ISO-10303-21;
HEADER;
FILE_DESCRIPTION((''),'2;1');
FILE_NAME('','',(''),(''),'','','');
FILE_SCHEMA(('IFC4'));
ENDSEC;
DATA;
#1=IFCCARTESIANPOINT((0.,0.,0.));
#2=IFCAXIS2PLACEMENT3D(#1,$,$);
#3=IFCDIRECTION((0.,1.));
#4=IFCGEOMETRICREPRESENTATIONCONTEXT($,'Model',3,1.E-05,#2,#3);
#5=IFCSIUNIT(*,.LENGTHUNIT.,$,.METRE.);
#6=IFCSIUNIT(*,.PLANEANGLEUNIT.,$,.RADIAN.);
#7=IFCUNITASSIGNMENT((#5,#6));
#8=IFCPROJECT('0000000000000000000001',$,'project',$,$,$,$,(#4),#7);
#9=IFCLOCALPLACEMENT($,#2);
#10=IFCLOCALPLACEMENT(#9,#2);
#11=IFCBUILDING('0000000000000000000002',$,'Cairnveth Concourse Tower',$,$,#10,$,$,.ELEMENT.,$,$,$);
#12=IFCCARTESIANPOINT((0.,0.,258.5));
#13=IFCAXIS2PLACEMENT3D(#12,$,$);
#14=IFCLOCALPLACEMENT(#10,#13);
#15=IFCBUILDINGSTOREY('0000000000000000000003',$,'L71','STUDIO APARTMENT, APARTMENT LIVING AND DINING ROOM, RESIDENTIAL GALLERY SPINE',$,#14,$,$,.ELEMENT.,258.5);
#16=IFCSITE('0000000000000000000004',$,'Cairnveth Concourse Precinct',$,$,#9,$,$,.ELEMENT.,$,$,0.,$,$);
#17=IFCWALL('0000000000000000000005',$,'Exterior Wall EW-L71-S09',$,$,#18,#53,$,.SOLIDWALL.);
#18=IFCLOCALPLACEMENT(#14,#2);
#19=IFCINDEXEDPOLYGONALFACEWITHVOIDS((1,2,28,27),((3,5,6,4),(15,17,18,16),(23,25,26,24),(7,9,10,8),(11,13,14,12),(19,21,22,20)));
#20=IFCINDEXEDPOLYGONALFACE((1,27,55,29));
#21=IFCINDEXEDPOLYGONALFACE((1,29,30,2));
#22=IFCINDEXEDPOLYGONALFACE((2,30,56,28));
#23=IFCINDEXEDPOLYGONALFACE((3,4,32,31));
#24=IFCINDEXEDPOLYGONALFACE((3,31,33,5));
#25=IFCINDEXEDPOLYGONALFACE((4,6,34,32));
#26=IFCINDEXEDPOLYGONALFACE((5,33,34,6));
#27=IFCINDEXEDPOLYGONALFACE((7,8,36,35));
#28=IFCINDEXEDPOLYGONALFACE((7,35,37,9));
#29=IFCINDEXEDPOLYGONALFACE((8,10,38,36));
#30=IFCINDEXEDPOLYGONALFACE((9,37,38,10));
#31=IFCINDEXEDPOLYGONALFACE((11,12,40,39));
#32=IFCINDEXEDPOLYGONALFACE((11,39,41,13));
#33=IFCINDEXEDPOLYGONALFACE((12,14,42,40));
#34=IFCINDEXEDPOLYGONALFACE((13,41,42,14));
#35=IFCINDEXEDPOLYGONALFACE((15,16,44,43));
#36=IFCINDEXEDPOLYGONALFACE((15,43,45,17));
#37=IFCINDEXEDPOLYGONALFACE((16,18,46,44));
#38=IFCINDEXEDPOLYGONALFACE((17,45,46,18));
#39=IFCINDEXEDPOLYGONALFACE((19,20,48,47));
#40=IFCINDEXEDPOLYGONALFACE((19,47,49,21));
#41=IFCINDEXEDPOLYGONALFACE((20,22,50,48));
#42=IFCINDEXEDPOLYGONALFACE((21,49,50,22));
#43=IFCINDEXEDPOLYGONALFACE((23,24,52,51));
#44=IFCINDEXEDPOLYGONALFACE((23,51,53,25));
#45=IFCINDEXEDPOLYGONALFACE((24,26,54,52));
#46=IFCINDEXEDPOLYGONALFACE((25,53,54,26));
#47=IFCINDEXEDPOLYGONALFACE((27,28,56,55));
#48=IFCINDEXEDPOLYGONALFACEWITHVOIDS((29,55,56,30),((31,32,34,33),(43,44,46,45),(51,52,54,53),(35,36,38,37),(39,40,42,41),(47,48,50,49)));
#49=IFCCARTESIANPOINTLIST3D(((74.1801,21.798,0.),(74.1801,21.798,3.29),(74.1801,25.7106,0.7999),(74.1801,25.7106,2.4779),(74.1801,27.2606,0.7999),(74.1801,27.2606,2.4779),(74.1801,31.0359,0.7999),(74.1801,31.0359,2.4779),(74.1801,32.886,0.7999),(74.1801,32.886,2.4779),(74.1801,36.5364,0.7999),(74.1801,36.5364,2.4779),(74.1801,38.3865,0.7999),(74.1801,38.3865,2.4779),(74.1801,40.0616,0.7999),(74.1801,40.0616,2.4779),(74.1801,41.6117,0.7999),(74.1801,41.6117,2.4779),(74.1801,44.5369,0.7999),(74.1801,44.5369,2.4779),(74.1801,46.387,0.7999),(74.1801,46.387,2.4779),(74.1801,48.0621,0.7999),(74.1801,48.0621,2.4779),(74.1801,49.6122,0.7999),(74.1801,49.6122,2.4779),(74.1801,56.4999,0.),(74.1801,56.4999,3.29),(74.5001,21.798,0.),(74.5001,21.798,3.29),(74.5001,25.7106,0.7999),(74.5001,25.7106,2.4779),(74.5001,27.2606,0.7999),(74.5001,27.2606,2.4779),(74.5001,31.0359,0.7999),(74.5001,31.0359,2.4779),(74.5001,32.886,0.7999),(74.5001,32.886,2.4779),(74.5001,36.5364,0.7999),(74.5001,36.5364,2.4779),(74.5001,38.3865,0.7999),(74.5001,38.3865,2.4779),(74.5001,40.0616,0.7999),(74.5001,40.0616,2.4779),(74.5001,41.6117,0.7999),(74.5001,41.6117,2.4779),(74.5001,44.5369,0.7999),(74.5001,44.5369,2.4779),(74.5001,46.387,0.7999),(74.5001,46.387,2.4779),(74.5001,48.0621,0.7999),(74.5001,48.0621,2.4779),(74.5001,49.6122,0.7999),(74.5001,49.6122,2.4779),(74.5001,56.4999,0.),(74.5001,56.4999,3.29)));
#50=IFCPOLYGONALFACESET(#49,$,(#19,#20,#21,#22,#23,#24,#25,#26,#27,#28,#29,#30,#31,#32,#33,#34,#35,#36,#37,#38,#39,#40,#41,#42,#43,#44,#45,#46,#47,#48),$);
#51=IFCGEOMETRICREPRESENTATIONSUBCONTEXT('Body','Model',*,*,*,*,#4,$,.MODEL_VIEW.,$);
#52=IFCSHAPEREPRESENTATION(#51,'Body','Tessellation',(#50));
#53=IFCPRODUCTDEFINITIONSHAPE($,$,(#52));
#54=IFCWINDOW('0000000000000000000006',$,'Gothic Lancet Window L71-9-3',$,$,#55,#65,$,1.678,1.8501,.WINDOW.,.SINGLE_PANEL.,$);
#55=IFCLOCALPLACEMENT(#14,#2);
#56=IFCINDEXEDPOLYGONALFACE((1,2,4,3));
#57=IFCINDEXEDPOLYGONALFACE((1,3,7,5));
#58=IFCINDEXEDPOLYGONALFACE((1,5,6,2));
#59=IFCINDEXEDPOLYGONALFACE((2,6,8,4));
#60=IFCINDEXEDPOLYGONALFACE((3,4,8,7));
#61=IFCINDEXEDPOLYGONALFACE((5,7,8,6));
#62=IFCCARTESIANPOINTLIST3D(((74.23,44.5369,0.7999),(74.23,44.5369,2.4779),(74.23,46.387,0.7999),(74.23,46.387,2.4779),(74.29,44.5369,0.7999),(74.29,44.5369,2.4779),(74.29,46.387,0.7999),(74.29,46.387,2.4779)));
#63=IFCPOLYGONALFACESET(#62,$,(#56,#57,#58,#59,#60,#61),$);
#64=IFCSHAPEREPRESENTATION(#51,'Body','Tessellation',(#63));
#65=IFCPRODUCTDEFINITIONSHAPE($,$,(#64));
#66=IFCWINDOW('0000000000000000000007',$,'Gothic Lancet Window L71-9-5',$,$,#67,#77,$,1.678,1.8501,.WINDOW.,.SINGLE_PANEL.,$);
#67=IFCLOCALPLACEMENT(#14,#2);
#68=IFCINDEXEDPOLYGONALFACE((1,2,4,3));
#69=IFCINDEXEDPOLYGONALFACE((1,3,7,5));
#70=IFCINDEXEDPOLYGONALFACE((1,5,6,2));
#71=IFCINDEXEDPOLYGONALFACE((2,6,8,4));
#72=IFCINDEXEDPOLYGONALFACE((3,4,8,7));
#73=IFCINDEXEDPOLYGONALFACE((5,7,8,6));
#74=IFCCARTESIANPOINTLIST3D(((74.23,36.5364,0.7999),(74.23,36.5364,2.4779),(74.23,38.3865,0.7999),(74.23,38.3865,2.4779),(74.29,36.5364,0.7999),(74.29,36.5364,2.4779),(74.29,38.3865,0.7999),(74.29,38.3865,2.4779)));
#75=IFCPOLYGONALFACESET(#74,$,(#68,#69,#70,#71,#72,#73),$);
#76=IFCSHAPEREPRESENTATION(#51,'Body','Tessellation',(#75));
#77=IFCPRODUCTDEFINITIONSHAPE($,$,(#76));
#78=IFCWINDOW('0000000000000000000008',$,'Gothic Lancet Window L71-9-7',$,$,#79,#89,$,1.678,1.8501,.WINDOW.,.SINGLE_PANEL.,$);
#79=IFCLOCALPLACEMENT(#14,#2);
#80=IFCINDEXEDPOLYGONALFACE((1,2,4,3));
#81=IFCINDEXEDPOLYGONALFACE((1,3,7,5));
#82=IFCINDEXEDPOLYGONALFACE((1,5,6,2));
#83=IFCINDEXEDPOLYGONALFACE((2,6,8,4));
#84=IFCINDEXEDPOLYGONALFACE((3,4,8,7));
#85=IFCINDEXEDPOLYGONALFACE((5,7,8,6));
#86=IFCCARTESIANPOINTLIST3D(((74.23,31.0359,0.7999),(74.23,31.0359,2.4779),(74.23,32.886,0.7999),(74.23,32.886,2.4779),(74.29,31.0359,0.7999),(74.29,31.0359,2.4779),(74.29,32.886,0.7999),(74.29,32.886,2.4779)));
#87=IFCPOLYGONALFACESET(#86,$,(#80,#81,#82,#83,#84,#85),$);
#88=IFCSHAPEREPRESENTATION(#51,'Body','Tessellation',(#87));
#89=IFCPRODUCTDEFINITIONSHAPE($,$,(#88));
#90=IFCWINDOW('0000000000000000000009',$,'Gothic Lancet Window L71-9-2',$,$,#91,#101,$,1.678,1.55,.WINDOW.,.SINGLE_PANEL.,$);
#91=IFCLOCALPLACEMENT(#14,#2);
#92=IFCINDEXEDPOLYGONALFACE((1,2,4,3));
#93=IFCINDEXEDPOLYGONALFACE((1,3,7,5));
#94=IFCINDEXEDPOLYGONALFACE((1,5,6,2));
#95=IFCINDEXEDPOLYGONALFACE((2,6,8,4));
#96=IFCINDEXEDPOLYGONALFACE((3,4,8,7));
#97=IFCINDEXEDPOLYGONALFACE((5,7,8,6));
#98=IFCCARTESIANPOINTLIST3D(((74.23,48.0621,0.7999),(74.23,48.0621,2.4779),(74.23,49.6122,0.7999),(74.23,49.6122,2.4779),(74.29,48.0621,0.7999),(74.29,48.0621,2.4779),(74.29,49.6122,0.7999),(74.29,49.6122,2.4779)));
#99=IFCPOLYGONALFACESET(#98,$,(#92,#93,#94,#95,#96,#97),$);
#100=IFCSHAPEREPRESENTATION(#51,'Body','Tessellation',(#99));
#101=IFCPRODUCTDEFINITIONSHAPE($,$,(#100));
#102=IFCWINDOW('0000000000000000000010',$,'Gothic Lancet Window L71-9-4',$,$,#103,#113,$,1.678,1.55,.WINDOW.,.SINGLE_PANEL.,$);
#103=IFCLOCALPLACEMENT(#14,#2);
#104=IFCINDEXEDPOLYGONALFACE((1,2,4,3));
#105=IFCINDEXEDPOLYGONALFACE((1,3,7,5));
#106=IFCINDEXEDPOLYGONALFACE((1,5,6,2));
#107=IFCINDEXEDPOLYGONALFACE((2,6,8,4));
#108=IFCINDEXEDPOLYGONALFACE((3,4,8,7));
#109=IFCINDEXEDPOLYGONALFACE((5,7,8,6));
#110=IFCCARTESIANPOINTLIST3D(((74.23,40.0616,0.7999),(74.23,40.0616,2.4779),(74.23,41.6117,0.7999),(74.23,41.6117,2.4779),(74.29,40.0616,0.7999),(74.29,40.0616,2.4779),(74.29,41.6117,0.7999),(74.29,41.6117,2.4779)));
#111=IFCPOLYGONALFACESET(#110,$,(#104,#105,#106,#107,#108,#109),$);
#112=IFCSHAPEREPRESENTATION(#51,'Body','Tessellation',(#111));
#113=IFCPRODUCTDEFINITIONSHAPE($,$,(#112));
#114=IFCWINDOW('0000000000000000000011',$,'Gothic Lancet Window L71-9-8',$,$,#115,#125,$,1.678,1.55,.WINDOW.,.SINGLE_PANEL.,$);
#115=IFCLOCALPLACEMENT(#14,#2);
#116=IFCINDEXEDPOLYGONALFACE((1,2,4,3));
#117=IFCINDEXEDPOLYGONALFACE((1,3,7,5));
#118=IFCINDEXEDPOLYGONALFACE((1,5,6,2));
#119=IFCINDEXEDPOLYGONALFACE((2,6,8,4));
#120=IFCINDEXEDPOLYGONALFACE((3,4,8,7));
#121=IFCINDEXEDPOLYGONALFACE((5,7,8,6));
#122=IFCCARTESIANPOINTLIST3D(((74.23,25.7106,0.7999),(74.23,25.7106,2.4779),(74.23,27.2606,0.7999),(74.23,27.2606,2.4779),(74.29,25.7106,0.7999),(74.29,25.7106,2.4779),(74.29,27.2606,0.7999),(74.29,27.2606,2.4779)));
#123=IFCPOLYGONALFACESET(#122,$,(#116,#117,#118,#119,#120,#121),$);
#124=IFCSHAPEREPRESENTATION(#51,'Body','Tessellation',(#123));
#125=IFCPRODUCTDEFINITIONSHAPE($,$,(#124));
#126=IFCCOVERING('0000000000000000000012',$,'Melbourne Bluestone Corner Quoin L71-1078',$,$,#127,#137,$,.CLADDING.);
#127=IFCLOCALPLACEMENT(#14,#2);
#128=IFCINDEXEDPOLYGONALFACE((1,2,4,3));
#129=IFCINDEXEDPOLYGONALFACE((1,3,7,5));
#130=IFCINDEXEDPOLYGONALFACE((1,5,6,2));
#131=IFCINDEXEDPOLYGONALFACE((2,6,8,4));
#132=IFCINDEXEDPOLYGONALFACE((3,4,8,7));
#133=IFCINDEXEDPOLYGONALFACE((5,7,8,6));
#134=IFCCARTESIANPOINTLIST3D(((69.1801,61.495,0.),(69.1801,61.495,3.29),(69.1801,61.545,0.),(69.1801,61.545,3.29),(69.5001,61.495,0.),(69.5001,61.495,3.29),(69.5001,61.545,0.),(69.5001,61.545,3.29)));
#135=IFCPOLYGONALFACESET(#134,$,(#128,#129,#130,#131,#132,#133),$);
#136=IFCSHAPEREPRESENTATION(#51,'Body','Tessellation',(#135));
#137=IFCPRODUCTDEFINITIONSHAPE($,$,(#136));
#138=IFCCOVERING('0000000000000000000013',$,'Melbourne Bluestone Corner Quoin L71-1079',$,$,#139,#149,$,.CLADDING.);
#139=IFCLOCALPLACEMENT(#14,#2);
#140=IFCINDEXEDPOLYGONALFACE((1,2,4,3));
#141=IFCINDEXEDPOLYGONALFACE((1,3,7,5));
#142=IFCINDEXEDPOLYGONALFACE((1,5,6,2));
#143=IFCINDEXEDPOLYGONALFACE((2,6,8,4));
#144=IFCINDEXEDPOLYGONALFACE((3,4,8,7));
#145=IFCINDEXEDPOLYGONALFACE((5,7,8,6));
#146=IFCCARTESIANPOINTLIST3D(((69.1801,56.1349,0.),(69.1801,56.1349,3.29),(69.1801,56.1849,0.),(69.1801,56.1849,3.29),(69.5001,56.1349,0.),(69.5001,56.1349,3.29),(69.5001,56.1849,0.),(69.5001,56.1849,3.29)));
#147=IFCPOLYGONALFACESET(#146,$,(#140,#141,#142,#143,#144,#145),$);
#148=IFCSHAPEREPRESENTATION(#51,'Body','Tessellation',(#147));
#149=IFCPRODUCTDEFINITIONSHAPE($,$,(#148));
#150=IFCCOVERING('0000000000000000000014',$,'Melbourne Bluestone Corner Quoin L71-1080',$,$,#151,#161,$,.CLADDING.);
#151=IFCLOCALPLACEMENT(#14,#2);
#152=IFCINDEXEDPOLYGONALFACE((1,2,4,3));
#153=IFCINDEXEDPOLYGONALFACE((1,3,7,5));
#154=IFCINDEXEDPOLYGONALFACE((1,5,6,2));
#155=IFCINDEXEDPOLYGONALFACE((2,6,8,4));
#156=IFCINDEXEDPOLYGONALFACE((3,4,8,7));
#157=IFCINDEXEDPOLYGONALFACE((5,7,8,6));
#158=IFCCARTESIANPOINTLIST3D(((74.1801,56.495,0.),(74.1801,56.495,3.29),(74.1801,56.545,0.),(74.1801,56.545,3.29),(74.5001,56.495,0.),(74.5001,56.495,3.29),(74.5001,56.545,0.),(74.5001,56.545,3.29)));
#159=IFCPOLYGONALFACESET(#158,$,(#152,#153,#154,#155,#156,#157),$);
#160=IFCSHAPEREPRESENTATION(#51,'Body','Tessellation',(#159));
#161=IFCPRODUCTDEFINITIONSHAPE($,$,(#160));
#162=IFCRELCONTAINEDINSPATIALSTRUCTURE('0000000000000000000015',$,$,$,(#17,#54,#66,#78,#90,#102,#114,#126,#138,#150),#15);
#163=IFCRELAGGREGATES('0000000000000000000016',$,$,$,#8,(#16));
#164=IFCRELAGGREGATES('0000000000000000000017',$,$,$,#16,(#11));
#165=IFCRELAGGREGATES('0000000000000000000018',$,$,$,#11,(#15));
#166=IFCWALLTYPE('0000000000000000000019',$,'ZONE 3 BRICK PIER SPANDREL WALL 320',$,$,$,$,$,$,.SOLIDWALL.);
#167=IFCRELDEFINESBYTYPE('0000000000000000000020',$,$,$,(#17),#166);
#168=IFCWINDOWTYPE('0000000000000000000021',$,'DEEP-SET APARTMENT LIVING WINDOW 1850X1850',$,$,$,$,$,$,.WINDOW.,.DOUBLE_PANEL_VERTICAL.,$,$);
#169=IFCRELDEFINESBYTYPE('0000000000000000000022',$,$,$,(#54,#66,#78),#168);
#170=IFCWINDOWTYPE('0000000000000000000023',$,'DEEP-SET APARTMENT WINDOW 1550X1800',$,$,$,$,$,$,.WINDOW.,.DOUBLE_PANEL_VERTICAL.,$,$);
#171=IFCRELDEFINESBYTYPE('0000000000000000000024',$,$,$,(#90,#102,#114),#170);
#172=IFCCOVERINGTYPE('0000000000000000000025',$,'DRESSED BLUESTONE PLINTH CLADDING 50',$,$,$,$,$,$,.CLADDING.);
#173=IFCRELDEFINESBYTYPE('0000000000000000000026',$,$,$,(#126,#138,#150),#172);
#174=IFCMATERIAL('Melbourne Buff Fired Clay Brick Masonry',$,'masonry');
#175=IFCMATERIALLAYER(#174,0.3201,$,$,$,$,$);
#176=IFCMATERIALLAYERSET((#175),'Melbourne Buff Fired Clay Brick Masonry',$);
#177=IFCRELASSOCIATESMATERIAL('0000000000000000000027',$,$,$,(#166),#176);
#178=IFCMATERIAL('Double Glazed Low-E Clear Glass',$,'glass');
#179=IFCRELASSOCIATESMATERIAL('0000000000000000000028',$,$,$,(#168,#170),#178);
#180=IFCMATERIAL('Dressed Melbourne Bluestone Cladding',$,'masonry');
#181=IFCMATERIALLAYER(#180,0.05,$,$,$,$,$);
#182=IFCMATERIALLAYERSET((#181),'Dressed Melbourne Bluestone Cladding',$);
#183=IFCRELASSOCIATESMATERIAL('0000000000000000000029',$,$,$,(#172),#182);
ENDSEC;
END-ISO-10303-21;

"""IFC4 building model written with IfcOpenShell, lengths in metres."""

from ifc_helpers import new_model, si_unit, direction, frame, frame_2d, origin, place, context, subcontext, project, spatial, rectangle, extrude, material, layer, layer_set, type_object, element, fill, save


model = new_model("IFC4")

# Units and contexts
model_context = context("Model", 3, precision=1e-05, world=origin(), true_north=direction((0.0, 1.0)))
body_context = subcontext(model_context, "Body", "Model", "MODEL_VIEW")
ifc_project = project(units=[si_unit("LENGTHUNIT", "METRE"), si_unit("PLANEANGLEUNIT", "RADIAN")], contexts=[model_context])

# Site, building, storey
site_placement = place(None, origin())
site = spatial("IfcSite", under=ifc_project, at=site_placement, Name="Cairnveth Concourse Precinct", CompositionType="ELEMENT", RefElevation=0.0)
building_placement = place(site_placement, origin())
building = spatial("IfcBuilding", under=site, at=building_placement, Name="Cairnveth Concourse Tower", CompositionType="ELEMENT")
storey_placement = place(building_placement, frame((0.0, 0.0, 258.5)))
storey = spatial("IfcBuildingStorey", under=building, at=storey_placement, Name="L71", Description="STUDIO APARTMENT, APARTMENT LIVING AND DINING ROOM, RESIDENTIAL GALLERY SPINE", CompositionType="ELEMENT", Elevation=258.5)

# Shared definitions
ifc_material_1 = material(Name="Melbourne Buff Fired Clay Brick Masonry", Category="masonry")
ifc_layer_1 = layer(ifc_material_1, 0.3201)
ifc_layer_set_1 = layer_set([ifc_layer_1], Name="Melbourne Buff Fired Clay Brick Masonry")
wall_type_1 = type_object("IfcWallType", Name="ZONE 3 BRICK PIER SPANDREL WALL 320", PredefinedType="SOLIDWALL", material=ifc_layer_set_1)

# Wall, openings, windows
wall_1_placement = place(storey_placement, frame((74.3401, 56.5, 0.0), z_axis=(0.0, 0.0, 1.0), x_axis=(0.0, -1.0, 0.0)))
wall_1 = element("IfcWall", 1, at=wall_1_placement, inside=storey, type_object=wall_type_1, Name="Exterior Wall EW-L71-S09", PredefinedType="SOLIDWALL", context=body_context, shape_type="SweptSolid", body=[
    extrude(rectangle(XDim=34.7019, YDim=0.3201, at=frame_2d((17.3511, 0.0))), origin(), (0.0, 0.0, 1.0), 3.29),
])
opening_1_placement = place(wall_1_placement, frame((6.8879, 0.0, 0.8)))
opening_1 = element("IfcOpeningElement", 2, at=opening_1_placement, cuts=wall_1, PredefinedType="OPENING", context=body_context, shape_type="SweptSolid", body=[
    extrude(rectangle(XDim=1.55, YDim=1.678, at=frame_2d((0.7749, 0.8389))), frame((0.0, 0.1699, 0.0), z_axis=(0.0, -1.0, 0.0), x_axis=(1.0, 0.0, 0.0)), (0.0, 0.0, 1.0), 0.3401),
])
opening_2_placement = place(wall_1_placement, frame((10.113, 0.0, 0.8)))
opening_2 = element("IfcOpeningElement", 3, at=opening_2_placement, cuts=wall_1, PredefinedType="OPENING", context=body_context, shape_type="SweptSolid", body=[
    extrude(rectangle(XDim=1.8501, YDim=1.678, at=frame_2d((0.925, 0.8389))), frame((0.0, 0.1699, 0.0), z_axis=(0.0, -1.0, 0.0), x_axis=(1.0, 0.0, 0.0)), (0.0, 0.0, 1.0), 0.3401),
])
opening_3_placement = place(wall_1_placement, frame((14.8884, 0.0, 0.8)))
opening_3 = element("IfcOpeningElement", 4, at=opening_3_placement, cuts=wall_1, PredefinedType="OPENING", context=body_context, shape_type="SweptSolid", body=[
    extrude(rectangle(XDim=1.55, YDim=1.678, at=frame_2d((0.7749, 0.8389))), frame((0.0, 0.1699, 0.0), z_axis=(0.0, -1.0, 0.0), x_axis=(1.0, 0.0, 0.0)), (0.0, 0.0, 1.0), 0.3401),
])
opening_4_placement = place(wall_1_placement, frame((18.1135, 0.0, 0.8)))
opening_4 = element("IfcOpeningElement", 5, at=opening_4_placement, cuts=wall_1, PredefinedType="OPENING", context=body_context, shape_type="SweptSolid", body=[
    extrude(rectangle(XDim=1.8501, YDim=1.678, at=frame_2d((0.925, 0.8389))), frame((0.0, 0.1699, 0.0), z_axis=(0.0, -1.0, 0.0), x_axis=(1.0, 0.0, 0.0)), (0.0, 0.0, 1.0), 0.3401),
])
opening_5_placement = place(wall_1_placement, frame((23.614, 0.0, 0.8)))
opening_5 = element("IfcOpeningElement", 6, at=opening_5_placement, cuts=wall_1, PredefinedType="OPENING", context=body_context, shape_type="SweptSolid", body=[
    extrude(rectangle(XDim=1.8501, YDim=1.678, at=frame_2d((0.925, 0.8389))), frame((0.0, 0.1699, 0.0), z_axis=(0.0, -1.0, 0.0), x_axis=(1.0, 0.0, 0.0)), (0.0, 0.0, 1.0), 0.3401),
])
opening_6_placement = place(wall_1_placement, frame((29.2395, 0.0, 0.8)))
opening_6 = element("IfcOpeningElement", 7, at=opening_6_placement, cuts=wall_1, PredefinedType="OPENING", context=body_context, shape_type="SweptSolid", body=[
    extrude(rectangle(XDim=1.55, YDim=1.678, at=frame_2d((0.7749, 0.8389))), frame((0.0, 0.1699, 0.0), z_axis=(0.0, -1.0, 0.0), x_axis=(1.0, 0.0, 0.0)), (0.0, 0.0, 1.0), 0.3401),
])
ifc_material_2 = material(Name="Double Glazed Low-E Clear Glass", Category="glass")
window_type_1 = type_object("IfcWindowType", Name="DEEP-SET APARTMENT LIVING WINDOW 1850X1850", PartitioningType="DOUBLE_PANEL_VERTICAL", PredefinedType="WINDOW", material=ifc_material_2)
window_1_placement = place(opening_2_placement, origin())
window_1 = element("IfcWindow", 8, at=window_1_placement, inside=storey, type_object=window_type_1, Name="Gothic Lancet Window L71-9-3", OverallHeight=1.678, OverallWidth=1.8501, PartitioningType="SINGLE_PANEL", PredefinedType="WINDOW", context=body_context, shape_type="SweptSolid", body=[
    extrude(rectangle(XDim=1.8501, YDim=1.678, at=frame_2d((0.925, 0.8389))), frame((0.0, -0.05, 0.0), z_axis=(0.0, -1.0, 0.0), x_axis=(1.0, 0.0, 0.0)), (0.0, 0.0, 1.0), 0.0601),
])
fill(opening_2, window_1)
window_2_placement = place(opening_4_placement, origin())
window_2 = element("IfcWindow", 9, at=window_2_placement, inside=storey, type_object=window_type_1, Name="Gothic Lancet Window L71-9-5", OverallHeight=1.678, OverallWidth=1.8501, PartitioningType="SINGLE_PANEL", PredefinedType="WINDOW", context=body_context, shape_type="SweptSolid", body=[
    extrude(rectangle(XDim=1.8501, YDim=1.678, at=frame_2d((0.925, 0.8389))), frame((0.0, -0.05, 0.0), z_axis=(0.0, -1.0, 0.0), x_axis=(1.0, 0.0, 0.0)), (0.0, 0.0, 1.0), 0.0601),
])
fill(opening_4, window_2)
window_3_placement = place(opening_5_placement, origin())
window_3 = element("IfcWindow", 10, at=window_3_placement, inside=storey, type_object=window_type_1, Name="Gothic Lancet Window L71-9-7", OverallHeight=1.678, OverallWidth=1.8501, PartitioningType="SINGLE_PANEL", PredefinedType="WINDOW", context=body_context, shape_type="SweptSolid", body=[
    extrude(rectangle(XDim=1.8501, YDim=1.678, at=frame_2d((0.925, 0.8389))), frame((0.0, -0.05, 0.0), z_axis=(0.0, -1.0, 0.0), x_axis=(1.0, 0.0, 0.0)), (0.0, 0.0, 1.0), 0.0601),
])
fill(opening_5, window_3)
window_type_2 = type_object("IfcWindowType", Name="DEEP-SET APARTMENT WINDOW 1550X1800", PartitioningType="DOUBLE_PANEL_VERTICAL", PredefinedType="WINDOW", material=ifc_material_2)
window_4_placement = place(opening_1_placement, origin())
window_4 = element("IfcWindow", 11, at=window_4_placement, inside=storey, type_object=window_type_2, Name="Gothic Lancet Window L71-9-2", OverallHeight=1.678, OverallWidth=1.55, PartitioningType="SINGLE_PANEL", PredefinedType="WINDOW", context=body_context, shape_type="SweptSolid", body=[
    extrude(rectangle(XDim=1.55, YDim=1.678, at=frame_2d((0.7749, 0.8389))), frame((0.0, -0.05, 0.0), z_axis=(0.0, -1.0, 0.0), x_axis=(1.0, 0.0, 0.0)), (0.0, 0.0, 1.0), 0.0601),
])
fill(opening_1, window_4)
window_5_placement = place(opening_3_placement, origin())
window_5 = element("IfcWindow", 12, at=window_5_placement, inside=storey, type_object=window_type_2, Name="Gothic Lancet Window L71-9-4", OverallHeight=1.678, OverallWidth=1.55, PartitioningType="SINGLE_PANEL", PredefinedType="WINDOW", context=body_context, shape_type="SweptSolid", body=[
    extrude(rectangle(XDim=1.55, YDim=1.678, at=frame_2d((0.7749, 0.8389))), frame((0.0, -0.05, 0.0), z_axis=(0.0, -1.0, 0.0), x_axis=(1.0, 0.0, 0.0)), (0.0, 0.0, 1.0), 0.0601),
])
fill(opening_3, window_5)
window_6_placement = place(opening_6_placement, origin())
window_6 = element("IfcWindow", 13, at=window_6_placement, inside=storey, type_object=window_type_2, Name="Gothic Lancet Window L71-9-8", OverallHeight=1.678, OverallWidth=1.55, PartitioningType="SINGLE_PANEL", PredefinedType="WINDOW", context=body_context, shape_type="SweptSolid", body=[
    extrude(rectangle(XDim=1.55, YDim=1.678, at=frame_2d((0.7749, 0.8389))), frame((0.0, -0.05, 0.0), z_axis=(0.0, -1.0, 0.0), x_axis=(1.0, 0.0, 0.0)), (0.0, 0.0, 1.0), 0.0601),
])
fill(opening_6, window_6)

# Coverings
ifc_material_3 = material(Name="Dressed Melbourne Bluestone Cladding", Category="masonry")
ifc_layer_2 = layer(ifc_material_3, 0.05)
ifc_layer_set_2 = layer_set([ifc_layer_2], Name="Dressed Melbourne Bluestone Cladding")
covering_type = type_object("IfcCoveringType", Name="DRESSED BLUESTONE PLINTH CLADDING 50", PredefinedType="CLADDING", material=ifc_layer_set_2)
for number, where, z_axis, x_axis, name in (
    (14, (69.1799, 61.52, 0.0), (0.0, 0.0, 1.0), (1.0, 0.0, 0.0), "Melbourne Bluestone Corner Quoin L71-1078"),
    (15, (69.1799, 56.1599, 0.0), (0.0, 0.0, 1.0), (1.0, 0.0, 0.0), "Melbourne Bluestone Corner Quoin L71-1079"),
    (16, (74.1799, 56.52, 0.0), (0.0, 0.0, 1.0), (1.0, 0.0, 0.0), "Melbourne Bluestone Corner Quoin L71-1080"),
):
    element("IfcCovering", number, at=place(storey_placement, frame(where, z_axis=z_axis, x_axis=x_axis)), inside=storey, type_object=covering_type, Name=name, PredefinedType="CLADDING", context=body_context, shape_type="SweptSolid", body=[
        extrude(rectangle(XDim=0.3201, YDim=0.05, at=frame_2d((0.1602, 0.0))), origin(), (0.0, 0.0, 1.0), 3.29),
    ])

save(model, "model.ifc")
